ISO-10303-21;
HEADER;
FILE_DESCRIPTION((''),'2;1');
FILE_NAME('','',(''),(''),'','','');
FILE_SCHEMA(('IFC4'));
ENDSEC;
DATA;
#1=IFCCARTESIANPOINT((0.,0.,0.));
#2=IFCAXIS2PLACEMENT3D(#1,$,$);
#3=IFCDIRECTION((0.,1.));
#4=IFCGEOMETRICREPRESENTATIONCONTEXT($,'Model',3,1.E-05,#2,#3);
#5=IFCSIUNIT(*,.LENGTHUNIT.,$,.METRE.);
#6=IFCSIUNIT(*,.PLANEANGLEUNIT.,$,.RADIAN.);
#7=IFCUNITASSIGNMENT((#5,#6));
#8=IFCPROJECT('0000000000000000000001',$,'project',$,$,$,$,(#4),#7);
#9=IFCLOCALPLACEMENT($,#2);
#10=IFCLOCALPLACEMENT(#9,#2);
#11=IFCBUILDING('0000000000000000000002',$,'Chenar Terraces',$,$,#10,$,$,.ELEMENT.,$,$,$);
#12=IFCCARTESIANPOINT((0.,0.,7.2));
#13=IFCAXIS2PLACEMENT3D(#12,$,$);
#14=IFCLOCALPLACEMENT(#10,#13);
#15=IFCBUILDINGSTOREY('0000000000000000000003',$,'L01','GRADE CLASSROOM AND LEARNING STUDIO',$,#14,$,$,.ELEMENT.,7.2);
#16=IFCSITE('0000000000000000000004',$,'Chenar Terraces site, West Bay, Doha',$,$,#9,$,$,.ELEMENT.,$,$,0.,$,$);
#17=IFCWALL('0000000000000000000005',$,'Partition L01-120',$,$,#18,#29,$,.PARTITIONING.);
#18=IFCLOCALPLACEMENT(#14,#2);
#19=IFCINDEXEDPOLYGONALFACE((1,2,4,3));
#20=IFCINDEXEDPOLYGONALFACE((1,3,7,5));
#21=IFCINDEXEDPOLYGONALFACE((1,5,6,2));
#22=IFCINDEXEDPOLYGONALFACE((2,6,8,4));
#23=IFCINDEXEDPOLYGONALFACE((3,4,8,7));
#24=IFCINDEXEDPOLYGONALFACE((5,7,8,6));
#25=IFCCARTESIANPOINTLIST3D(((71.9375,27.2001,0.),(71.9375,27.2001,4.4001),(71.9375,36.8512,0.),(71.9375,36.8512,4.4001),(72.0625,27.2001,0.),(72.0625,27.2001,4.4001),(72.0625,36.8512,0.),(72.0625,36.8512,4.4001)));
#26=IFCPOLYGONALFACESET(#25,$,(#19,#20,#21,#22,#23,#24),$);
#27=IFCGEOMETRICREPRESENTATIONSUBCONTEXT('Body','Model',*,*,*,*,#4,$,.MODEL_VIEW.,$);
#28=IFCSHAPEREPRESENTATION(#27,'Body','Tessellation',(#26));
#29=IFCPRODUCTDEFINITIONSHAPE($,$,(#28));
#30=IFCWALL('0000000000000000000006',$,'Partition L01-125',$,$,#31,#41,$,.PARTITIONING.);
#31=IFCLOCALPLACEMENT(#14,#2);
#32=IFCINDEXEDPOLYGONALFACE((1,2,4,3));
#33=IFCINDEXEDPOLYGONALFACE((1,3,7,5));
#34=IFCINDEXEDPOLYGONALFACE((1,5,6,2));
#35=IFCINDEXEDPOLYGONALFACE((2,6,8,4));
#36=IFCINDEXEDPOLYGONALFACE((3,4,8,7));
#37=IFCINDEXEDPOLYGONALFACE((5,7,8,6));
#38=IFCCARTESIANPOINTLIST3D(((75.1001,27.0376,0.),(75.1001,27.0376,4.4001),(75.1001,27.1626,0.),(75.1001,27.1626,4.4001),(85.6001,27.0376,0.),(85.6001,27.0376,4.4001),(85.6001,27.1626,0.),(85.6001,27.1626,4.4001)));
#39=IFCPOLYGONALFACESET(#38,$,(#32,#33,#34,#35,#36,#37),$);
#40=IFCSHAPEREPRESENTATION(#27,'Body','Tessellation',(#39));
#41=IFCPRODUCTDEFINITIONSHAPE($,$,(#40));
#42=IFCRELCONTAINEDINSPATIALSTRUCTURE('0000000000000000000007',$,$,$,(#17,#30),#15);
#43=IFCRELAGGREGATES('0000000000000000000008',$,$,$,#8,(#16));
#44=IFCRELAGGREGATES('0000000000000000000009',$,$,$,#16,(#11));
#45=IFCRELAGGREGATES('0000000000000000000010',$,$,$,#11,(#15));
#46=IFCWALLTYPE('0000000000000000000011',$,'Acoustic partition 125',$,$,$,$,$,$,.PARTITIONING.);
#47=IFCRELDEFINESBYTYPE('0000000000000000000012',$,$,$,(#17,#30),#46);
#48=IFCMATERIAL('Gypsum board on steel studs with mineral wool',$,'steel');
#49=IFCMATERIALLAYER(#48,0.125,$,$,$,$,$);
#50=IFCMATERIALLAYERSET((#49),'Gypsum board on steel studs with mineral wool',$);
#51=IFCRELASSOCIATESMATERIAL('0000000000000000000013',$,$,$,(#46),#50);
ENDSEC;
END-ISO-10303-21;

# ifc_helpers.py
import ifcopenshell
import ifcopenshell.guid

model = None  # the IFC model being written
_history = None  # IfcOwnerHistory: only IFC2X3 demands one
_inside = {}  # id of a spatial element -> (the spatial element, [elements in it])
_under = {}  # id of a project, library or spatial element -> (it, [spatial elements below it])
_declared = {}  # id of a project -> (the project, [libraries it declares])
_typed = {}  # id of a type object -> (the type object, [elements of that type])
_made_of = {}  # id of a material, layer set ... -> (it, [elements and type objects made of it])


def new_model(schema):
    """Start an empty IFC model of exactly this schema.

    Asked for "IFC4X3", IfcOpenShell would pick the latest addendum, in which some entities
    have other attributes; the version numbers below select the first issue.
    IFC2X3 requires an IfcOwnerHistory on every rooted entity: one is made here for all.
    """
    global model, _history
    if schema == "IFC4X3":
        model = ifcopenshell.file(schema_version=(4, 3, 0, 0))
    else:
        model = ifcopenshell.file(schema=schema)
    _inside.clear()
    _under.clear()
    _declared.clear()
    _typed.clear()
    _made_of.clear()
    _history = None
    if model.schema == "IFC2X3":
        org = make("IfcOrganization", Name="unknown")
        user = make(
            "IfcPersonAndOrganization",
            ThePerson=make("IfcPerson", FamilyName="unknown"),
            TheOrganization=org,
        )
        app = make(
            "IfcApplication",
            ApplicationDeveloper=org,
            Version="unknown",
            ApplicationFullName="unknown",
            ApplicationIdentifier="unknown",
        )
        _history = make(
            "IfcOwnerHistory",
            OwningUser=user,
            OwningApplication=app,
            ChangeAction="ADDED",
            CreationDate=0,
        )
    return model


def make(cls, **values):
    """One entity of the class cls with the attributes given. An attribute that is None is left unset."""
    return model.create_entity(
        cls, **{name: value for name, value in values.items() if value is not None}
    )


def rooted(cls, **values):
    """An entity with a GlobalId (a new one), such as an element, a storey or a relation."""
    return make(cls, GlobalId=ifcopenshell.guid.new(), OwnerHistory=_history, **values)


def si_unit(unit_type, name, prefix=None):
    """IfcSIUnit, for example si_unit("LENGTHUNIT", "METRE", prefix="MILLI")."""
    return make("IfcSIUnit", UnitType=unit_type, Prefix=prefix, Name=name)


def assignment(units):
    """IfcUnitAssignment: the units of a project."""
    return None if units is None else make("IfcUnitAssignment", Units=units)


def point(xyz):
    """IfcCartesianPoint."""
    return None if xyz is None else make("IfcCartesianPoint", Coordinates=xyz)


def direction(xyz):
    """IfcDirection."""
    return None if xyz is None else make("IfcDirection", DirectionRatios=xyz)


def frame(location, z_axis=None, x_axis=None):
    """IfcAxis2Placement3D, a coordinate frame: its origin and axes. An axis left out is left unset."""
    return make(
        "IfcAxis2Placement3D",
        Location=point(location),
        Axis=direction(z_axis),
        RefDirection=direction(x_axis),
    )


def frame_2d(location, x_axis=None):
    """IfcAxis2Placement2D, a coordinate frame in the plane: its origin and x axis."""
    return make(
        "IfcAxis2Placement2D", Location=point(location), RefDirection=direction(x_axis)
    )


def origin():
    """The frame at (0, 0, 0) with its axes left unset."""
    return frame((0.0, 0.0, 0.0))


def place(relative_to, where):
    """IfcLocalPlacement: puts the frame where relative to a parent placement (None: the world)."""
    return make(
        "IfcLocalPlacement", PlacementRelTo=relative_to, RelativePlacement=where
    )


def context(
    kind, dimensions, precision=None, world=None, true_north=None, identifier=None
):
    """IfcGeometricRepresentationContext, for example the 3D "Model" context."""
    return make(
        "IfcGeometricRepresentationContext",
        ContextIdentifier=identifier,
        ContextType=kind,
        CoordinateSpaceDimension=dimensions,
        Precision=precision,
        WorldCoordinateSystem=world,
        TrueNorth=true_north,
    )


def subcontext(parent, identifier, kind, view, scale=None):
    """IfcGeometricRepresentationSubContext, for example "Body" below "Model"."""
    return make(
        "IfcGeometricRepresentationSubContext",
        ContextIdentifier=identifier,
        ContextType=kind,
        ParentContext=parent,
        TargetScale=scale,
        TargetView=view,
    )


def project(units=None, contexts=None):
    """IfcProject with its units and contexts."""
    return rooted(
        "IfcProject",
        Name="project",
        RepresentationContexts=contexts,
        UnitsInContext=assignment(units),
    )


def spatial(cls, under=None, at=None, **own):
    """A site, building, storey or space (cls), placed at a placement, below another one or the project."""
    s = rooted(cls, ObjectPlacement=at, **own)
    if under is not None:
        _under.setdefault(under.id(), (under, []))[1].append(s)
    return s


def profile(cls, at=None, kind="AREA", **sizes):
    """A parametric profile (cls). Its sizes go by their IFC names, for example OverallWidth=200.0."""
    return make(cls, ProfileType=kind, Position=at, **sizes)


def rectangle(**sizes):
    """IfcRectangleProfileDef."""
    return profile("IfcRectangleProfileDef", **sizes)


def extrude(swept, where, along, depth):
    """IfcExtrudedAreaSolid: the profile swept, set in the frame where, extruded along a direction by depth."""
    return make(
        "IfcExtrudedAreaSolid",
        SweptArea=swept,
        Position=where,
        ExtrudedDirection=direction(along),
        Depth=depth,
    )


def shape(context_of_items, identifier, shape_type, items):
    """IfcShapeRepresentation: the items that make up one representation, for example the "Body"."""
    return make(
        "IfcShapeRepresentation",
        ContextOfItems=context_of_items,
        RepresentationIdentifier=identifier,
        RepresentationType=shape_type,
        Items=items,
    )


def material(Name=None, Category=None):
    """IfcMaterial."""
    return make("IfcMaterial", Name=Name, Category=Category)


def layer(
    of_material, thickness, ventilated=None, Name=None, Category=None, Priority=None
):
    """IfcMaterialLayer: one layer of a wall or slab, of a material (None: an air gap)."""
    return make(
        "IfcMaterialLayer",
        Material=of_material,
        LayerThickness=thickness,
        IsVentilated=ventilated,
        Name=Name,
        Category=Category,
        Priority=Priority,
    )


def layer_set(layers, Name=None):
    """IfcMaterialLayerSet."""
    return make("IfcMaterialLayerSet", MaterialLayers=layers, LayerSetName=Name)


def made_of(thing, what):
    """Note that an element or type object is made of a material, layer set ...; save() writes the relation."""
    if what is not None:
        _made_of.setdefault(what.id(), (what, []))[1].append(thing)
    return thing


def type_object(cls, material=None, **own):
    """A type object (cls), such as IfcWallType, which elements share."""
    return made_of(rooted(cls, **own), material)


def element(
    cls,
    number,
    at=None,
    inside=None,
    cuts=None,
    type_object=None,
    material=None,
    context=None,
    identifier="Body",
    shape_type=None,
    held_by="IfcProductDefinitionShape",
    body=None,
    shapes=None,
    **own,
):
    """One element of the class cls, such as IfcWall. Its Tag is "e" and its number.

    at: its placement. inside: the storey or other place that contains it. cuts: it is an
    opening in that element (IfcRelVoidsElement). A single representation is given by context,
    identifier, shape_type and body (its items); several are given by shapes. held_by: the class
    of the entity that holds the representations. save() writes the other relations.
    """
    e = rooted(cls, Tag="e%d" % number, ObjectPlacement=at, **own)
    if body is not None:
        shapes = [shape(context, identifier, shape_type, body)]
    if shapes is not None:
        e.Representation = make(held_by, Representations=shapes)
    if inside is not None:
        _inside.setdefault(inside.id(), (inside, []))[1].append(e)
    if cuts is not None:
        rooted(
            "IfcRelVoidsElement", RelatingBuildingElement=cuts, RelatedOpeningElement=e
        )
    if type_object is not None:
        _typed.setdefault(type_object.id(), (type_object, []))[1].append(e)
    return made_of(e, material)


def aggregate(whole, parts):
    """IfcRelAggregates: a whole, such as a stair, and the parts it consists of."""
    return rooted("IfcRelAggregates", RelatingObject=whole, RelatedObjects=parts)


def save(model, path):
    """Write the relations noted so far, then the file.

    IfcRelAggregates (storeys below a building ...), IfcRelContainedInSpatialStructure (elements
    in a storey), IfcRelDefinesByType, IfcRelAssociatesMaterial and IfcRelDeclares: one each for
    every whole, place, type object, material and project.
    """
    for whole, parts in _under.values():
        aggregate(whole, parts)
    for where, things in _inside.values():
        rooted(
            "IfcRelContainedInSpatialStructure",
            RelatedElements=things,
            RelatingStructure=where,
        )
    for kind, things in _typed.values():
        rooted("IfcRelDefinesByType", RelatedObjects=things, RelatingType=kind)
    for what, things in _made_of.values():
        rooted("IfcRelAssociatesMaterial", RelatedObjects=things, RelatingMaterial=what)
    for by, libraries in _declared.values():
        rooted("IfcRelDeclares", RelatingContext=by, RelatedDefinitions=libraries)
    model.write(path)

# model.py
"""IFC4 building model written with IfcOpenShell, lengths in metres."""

from ifc_helpers import new_model, si_unit, direction, frame, frame_2d, origin, place, context, subcontext, project, spatial, rectangle, extrude, material, layer, layer_set, type_object, element, save


model = new_model("IFC4")

# Units and contexts
model_context = context("Model", 3, precision=1e-05, world=origin(), true_north=direction((0.0, 1.0)))
body_context = subcontext(model_context, "Body", "Model", "MODEL_VIEW")
ifc_project = project(units=[si_unit("LENGTHUNIT", "METRE"), si_unit("PLANEANGLEUNIT", "RADIAN")], contexts=[model_context])

# Site, building, storey
site_placement = place(None, origin())
site = spatial("IfcSite", under=ifc_project, at=site_placement, Name="Chenar Terraces site, West Bay, Doha", CompositionType="ELEMENT", RefElevation=0.0)
building_placement = place(site_placement, origin())
building = spatial("IfcBuilding", under=site, at=building_placement, Name="Chenar Terraces", CompositionType="ELEMENT")
storey_placement = place(building_placement, frame((0.0, 0.0, 7.2)))
storey = spatial("IfcBuildingStorey", under=building, at=storey_placement, Name="L01", Description="GRADE CLASSROOM AND LEARNING STUDIO", CompositionType="ELEMENT", Elevation=7.2)

# Walls
ifc_material_1 = material(Name="Gypsum board on steel studs with mineral wool", Category="steel")
ifc_layer_1 = layer(ifc_material_1, 0.125)
ifc_layer_set_1 = layer_set([ifc_layer_1], Name="Gypsum board on steel studs with mineral wool")
wall_type_1 = type_object("IfcWallType", Name="Acoustic partition 125", PredefinedType="PARTITIONING", material=ifc_layer_set_1)
wall_1_placement = place(storey_placement, frame((72.0, 27.2, 0.0), z_axis=(0.0, 0.0, 1.0), x_axis=(0.0, 1.0, 0.0)))
element("IfcWall", 1, at=wall_1_placement, inside=storey, type_object=wall_type_1, Name="Partition L01-120", PredefinedType="PARTITIONING", context=body_context, shape_type="SweptSolid", body=[
    extrude(rectangle(XDim=9.6511, YDim=0.125, at=frame_2d((4.8257, 0.0))), origin(), (0.0, 0.0, 1.0), 4.4001),
])
wall_2_placement = place(storey_placement, frame((75.1001, 27.1001, 0.0), z_axis=(0.0, 0.0, 1.0), x_axis=(1.0, 0.0, 0.0)))
element("IfcWall", 2, at=wall_2_placement, inside=storey, type_object=wall_type_1, Name="Partition L01-125", PredefinedType="PARTITIONING", context=body_context, shape_type="SweptSolid", body=[
    extrude(rectangle(XDim=10.5, YDim=0.125, at=frame_2d((5.25, 0.0))), origin(), (0.0, 0.0, 1.0), 4.4001),
])

save(model, "model.ifc")
